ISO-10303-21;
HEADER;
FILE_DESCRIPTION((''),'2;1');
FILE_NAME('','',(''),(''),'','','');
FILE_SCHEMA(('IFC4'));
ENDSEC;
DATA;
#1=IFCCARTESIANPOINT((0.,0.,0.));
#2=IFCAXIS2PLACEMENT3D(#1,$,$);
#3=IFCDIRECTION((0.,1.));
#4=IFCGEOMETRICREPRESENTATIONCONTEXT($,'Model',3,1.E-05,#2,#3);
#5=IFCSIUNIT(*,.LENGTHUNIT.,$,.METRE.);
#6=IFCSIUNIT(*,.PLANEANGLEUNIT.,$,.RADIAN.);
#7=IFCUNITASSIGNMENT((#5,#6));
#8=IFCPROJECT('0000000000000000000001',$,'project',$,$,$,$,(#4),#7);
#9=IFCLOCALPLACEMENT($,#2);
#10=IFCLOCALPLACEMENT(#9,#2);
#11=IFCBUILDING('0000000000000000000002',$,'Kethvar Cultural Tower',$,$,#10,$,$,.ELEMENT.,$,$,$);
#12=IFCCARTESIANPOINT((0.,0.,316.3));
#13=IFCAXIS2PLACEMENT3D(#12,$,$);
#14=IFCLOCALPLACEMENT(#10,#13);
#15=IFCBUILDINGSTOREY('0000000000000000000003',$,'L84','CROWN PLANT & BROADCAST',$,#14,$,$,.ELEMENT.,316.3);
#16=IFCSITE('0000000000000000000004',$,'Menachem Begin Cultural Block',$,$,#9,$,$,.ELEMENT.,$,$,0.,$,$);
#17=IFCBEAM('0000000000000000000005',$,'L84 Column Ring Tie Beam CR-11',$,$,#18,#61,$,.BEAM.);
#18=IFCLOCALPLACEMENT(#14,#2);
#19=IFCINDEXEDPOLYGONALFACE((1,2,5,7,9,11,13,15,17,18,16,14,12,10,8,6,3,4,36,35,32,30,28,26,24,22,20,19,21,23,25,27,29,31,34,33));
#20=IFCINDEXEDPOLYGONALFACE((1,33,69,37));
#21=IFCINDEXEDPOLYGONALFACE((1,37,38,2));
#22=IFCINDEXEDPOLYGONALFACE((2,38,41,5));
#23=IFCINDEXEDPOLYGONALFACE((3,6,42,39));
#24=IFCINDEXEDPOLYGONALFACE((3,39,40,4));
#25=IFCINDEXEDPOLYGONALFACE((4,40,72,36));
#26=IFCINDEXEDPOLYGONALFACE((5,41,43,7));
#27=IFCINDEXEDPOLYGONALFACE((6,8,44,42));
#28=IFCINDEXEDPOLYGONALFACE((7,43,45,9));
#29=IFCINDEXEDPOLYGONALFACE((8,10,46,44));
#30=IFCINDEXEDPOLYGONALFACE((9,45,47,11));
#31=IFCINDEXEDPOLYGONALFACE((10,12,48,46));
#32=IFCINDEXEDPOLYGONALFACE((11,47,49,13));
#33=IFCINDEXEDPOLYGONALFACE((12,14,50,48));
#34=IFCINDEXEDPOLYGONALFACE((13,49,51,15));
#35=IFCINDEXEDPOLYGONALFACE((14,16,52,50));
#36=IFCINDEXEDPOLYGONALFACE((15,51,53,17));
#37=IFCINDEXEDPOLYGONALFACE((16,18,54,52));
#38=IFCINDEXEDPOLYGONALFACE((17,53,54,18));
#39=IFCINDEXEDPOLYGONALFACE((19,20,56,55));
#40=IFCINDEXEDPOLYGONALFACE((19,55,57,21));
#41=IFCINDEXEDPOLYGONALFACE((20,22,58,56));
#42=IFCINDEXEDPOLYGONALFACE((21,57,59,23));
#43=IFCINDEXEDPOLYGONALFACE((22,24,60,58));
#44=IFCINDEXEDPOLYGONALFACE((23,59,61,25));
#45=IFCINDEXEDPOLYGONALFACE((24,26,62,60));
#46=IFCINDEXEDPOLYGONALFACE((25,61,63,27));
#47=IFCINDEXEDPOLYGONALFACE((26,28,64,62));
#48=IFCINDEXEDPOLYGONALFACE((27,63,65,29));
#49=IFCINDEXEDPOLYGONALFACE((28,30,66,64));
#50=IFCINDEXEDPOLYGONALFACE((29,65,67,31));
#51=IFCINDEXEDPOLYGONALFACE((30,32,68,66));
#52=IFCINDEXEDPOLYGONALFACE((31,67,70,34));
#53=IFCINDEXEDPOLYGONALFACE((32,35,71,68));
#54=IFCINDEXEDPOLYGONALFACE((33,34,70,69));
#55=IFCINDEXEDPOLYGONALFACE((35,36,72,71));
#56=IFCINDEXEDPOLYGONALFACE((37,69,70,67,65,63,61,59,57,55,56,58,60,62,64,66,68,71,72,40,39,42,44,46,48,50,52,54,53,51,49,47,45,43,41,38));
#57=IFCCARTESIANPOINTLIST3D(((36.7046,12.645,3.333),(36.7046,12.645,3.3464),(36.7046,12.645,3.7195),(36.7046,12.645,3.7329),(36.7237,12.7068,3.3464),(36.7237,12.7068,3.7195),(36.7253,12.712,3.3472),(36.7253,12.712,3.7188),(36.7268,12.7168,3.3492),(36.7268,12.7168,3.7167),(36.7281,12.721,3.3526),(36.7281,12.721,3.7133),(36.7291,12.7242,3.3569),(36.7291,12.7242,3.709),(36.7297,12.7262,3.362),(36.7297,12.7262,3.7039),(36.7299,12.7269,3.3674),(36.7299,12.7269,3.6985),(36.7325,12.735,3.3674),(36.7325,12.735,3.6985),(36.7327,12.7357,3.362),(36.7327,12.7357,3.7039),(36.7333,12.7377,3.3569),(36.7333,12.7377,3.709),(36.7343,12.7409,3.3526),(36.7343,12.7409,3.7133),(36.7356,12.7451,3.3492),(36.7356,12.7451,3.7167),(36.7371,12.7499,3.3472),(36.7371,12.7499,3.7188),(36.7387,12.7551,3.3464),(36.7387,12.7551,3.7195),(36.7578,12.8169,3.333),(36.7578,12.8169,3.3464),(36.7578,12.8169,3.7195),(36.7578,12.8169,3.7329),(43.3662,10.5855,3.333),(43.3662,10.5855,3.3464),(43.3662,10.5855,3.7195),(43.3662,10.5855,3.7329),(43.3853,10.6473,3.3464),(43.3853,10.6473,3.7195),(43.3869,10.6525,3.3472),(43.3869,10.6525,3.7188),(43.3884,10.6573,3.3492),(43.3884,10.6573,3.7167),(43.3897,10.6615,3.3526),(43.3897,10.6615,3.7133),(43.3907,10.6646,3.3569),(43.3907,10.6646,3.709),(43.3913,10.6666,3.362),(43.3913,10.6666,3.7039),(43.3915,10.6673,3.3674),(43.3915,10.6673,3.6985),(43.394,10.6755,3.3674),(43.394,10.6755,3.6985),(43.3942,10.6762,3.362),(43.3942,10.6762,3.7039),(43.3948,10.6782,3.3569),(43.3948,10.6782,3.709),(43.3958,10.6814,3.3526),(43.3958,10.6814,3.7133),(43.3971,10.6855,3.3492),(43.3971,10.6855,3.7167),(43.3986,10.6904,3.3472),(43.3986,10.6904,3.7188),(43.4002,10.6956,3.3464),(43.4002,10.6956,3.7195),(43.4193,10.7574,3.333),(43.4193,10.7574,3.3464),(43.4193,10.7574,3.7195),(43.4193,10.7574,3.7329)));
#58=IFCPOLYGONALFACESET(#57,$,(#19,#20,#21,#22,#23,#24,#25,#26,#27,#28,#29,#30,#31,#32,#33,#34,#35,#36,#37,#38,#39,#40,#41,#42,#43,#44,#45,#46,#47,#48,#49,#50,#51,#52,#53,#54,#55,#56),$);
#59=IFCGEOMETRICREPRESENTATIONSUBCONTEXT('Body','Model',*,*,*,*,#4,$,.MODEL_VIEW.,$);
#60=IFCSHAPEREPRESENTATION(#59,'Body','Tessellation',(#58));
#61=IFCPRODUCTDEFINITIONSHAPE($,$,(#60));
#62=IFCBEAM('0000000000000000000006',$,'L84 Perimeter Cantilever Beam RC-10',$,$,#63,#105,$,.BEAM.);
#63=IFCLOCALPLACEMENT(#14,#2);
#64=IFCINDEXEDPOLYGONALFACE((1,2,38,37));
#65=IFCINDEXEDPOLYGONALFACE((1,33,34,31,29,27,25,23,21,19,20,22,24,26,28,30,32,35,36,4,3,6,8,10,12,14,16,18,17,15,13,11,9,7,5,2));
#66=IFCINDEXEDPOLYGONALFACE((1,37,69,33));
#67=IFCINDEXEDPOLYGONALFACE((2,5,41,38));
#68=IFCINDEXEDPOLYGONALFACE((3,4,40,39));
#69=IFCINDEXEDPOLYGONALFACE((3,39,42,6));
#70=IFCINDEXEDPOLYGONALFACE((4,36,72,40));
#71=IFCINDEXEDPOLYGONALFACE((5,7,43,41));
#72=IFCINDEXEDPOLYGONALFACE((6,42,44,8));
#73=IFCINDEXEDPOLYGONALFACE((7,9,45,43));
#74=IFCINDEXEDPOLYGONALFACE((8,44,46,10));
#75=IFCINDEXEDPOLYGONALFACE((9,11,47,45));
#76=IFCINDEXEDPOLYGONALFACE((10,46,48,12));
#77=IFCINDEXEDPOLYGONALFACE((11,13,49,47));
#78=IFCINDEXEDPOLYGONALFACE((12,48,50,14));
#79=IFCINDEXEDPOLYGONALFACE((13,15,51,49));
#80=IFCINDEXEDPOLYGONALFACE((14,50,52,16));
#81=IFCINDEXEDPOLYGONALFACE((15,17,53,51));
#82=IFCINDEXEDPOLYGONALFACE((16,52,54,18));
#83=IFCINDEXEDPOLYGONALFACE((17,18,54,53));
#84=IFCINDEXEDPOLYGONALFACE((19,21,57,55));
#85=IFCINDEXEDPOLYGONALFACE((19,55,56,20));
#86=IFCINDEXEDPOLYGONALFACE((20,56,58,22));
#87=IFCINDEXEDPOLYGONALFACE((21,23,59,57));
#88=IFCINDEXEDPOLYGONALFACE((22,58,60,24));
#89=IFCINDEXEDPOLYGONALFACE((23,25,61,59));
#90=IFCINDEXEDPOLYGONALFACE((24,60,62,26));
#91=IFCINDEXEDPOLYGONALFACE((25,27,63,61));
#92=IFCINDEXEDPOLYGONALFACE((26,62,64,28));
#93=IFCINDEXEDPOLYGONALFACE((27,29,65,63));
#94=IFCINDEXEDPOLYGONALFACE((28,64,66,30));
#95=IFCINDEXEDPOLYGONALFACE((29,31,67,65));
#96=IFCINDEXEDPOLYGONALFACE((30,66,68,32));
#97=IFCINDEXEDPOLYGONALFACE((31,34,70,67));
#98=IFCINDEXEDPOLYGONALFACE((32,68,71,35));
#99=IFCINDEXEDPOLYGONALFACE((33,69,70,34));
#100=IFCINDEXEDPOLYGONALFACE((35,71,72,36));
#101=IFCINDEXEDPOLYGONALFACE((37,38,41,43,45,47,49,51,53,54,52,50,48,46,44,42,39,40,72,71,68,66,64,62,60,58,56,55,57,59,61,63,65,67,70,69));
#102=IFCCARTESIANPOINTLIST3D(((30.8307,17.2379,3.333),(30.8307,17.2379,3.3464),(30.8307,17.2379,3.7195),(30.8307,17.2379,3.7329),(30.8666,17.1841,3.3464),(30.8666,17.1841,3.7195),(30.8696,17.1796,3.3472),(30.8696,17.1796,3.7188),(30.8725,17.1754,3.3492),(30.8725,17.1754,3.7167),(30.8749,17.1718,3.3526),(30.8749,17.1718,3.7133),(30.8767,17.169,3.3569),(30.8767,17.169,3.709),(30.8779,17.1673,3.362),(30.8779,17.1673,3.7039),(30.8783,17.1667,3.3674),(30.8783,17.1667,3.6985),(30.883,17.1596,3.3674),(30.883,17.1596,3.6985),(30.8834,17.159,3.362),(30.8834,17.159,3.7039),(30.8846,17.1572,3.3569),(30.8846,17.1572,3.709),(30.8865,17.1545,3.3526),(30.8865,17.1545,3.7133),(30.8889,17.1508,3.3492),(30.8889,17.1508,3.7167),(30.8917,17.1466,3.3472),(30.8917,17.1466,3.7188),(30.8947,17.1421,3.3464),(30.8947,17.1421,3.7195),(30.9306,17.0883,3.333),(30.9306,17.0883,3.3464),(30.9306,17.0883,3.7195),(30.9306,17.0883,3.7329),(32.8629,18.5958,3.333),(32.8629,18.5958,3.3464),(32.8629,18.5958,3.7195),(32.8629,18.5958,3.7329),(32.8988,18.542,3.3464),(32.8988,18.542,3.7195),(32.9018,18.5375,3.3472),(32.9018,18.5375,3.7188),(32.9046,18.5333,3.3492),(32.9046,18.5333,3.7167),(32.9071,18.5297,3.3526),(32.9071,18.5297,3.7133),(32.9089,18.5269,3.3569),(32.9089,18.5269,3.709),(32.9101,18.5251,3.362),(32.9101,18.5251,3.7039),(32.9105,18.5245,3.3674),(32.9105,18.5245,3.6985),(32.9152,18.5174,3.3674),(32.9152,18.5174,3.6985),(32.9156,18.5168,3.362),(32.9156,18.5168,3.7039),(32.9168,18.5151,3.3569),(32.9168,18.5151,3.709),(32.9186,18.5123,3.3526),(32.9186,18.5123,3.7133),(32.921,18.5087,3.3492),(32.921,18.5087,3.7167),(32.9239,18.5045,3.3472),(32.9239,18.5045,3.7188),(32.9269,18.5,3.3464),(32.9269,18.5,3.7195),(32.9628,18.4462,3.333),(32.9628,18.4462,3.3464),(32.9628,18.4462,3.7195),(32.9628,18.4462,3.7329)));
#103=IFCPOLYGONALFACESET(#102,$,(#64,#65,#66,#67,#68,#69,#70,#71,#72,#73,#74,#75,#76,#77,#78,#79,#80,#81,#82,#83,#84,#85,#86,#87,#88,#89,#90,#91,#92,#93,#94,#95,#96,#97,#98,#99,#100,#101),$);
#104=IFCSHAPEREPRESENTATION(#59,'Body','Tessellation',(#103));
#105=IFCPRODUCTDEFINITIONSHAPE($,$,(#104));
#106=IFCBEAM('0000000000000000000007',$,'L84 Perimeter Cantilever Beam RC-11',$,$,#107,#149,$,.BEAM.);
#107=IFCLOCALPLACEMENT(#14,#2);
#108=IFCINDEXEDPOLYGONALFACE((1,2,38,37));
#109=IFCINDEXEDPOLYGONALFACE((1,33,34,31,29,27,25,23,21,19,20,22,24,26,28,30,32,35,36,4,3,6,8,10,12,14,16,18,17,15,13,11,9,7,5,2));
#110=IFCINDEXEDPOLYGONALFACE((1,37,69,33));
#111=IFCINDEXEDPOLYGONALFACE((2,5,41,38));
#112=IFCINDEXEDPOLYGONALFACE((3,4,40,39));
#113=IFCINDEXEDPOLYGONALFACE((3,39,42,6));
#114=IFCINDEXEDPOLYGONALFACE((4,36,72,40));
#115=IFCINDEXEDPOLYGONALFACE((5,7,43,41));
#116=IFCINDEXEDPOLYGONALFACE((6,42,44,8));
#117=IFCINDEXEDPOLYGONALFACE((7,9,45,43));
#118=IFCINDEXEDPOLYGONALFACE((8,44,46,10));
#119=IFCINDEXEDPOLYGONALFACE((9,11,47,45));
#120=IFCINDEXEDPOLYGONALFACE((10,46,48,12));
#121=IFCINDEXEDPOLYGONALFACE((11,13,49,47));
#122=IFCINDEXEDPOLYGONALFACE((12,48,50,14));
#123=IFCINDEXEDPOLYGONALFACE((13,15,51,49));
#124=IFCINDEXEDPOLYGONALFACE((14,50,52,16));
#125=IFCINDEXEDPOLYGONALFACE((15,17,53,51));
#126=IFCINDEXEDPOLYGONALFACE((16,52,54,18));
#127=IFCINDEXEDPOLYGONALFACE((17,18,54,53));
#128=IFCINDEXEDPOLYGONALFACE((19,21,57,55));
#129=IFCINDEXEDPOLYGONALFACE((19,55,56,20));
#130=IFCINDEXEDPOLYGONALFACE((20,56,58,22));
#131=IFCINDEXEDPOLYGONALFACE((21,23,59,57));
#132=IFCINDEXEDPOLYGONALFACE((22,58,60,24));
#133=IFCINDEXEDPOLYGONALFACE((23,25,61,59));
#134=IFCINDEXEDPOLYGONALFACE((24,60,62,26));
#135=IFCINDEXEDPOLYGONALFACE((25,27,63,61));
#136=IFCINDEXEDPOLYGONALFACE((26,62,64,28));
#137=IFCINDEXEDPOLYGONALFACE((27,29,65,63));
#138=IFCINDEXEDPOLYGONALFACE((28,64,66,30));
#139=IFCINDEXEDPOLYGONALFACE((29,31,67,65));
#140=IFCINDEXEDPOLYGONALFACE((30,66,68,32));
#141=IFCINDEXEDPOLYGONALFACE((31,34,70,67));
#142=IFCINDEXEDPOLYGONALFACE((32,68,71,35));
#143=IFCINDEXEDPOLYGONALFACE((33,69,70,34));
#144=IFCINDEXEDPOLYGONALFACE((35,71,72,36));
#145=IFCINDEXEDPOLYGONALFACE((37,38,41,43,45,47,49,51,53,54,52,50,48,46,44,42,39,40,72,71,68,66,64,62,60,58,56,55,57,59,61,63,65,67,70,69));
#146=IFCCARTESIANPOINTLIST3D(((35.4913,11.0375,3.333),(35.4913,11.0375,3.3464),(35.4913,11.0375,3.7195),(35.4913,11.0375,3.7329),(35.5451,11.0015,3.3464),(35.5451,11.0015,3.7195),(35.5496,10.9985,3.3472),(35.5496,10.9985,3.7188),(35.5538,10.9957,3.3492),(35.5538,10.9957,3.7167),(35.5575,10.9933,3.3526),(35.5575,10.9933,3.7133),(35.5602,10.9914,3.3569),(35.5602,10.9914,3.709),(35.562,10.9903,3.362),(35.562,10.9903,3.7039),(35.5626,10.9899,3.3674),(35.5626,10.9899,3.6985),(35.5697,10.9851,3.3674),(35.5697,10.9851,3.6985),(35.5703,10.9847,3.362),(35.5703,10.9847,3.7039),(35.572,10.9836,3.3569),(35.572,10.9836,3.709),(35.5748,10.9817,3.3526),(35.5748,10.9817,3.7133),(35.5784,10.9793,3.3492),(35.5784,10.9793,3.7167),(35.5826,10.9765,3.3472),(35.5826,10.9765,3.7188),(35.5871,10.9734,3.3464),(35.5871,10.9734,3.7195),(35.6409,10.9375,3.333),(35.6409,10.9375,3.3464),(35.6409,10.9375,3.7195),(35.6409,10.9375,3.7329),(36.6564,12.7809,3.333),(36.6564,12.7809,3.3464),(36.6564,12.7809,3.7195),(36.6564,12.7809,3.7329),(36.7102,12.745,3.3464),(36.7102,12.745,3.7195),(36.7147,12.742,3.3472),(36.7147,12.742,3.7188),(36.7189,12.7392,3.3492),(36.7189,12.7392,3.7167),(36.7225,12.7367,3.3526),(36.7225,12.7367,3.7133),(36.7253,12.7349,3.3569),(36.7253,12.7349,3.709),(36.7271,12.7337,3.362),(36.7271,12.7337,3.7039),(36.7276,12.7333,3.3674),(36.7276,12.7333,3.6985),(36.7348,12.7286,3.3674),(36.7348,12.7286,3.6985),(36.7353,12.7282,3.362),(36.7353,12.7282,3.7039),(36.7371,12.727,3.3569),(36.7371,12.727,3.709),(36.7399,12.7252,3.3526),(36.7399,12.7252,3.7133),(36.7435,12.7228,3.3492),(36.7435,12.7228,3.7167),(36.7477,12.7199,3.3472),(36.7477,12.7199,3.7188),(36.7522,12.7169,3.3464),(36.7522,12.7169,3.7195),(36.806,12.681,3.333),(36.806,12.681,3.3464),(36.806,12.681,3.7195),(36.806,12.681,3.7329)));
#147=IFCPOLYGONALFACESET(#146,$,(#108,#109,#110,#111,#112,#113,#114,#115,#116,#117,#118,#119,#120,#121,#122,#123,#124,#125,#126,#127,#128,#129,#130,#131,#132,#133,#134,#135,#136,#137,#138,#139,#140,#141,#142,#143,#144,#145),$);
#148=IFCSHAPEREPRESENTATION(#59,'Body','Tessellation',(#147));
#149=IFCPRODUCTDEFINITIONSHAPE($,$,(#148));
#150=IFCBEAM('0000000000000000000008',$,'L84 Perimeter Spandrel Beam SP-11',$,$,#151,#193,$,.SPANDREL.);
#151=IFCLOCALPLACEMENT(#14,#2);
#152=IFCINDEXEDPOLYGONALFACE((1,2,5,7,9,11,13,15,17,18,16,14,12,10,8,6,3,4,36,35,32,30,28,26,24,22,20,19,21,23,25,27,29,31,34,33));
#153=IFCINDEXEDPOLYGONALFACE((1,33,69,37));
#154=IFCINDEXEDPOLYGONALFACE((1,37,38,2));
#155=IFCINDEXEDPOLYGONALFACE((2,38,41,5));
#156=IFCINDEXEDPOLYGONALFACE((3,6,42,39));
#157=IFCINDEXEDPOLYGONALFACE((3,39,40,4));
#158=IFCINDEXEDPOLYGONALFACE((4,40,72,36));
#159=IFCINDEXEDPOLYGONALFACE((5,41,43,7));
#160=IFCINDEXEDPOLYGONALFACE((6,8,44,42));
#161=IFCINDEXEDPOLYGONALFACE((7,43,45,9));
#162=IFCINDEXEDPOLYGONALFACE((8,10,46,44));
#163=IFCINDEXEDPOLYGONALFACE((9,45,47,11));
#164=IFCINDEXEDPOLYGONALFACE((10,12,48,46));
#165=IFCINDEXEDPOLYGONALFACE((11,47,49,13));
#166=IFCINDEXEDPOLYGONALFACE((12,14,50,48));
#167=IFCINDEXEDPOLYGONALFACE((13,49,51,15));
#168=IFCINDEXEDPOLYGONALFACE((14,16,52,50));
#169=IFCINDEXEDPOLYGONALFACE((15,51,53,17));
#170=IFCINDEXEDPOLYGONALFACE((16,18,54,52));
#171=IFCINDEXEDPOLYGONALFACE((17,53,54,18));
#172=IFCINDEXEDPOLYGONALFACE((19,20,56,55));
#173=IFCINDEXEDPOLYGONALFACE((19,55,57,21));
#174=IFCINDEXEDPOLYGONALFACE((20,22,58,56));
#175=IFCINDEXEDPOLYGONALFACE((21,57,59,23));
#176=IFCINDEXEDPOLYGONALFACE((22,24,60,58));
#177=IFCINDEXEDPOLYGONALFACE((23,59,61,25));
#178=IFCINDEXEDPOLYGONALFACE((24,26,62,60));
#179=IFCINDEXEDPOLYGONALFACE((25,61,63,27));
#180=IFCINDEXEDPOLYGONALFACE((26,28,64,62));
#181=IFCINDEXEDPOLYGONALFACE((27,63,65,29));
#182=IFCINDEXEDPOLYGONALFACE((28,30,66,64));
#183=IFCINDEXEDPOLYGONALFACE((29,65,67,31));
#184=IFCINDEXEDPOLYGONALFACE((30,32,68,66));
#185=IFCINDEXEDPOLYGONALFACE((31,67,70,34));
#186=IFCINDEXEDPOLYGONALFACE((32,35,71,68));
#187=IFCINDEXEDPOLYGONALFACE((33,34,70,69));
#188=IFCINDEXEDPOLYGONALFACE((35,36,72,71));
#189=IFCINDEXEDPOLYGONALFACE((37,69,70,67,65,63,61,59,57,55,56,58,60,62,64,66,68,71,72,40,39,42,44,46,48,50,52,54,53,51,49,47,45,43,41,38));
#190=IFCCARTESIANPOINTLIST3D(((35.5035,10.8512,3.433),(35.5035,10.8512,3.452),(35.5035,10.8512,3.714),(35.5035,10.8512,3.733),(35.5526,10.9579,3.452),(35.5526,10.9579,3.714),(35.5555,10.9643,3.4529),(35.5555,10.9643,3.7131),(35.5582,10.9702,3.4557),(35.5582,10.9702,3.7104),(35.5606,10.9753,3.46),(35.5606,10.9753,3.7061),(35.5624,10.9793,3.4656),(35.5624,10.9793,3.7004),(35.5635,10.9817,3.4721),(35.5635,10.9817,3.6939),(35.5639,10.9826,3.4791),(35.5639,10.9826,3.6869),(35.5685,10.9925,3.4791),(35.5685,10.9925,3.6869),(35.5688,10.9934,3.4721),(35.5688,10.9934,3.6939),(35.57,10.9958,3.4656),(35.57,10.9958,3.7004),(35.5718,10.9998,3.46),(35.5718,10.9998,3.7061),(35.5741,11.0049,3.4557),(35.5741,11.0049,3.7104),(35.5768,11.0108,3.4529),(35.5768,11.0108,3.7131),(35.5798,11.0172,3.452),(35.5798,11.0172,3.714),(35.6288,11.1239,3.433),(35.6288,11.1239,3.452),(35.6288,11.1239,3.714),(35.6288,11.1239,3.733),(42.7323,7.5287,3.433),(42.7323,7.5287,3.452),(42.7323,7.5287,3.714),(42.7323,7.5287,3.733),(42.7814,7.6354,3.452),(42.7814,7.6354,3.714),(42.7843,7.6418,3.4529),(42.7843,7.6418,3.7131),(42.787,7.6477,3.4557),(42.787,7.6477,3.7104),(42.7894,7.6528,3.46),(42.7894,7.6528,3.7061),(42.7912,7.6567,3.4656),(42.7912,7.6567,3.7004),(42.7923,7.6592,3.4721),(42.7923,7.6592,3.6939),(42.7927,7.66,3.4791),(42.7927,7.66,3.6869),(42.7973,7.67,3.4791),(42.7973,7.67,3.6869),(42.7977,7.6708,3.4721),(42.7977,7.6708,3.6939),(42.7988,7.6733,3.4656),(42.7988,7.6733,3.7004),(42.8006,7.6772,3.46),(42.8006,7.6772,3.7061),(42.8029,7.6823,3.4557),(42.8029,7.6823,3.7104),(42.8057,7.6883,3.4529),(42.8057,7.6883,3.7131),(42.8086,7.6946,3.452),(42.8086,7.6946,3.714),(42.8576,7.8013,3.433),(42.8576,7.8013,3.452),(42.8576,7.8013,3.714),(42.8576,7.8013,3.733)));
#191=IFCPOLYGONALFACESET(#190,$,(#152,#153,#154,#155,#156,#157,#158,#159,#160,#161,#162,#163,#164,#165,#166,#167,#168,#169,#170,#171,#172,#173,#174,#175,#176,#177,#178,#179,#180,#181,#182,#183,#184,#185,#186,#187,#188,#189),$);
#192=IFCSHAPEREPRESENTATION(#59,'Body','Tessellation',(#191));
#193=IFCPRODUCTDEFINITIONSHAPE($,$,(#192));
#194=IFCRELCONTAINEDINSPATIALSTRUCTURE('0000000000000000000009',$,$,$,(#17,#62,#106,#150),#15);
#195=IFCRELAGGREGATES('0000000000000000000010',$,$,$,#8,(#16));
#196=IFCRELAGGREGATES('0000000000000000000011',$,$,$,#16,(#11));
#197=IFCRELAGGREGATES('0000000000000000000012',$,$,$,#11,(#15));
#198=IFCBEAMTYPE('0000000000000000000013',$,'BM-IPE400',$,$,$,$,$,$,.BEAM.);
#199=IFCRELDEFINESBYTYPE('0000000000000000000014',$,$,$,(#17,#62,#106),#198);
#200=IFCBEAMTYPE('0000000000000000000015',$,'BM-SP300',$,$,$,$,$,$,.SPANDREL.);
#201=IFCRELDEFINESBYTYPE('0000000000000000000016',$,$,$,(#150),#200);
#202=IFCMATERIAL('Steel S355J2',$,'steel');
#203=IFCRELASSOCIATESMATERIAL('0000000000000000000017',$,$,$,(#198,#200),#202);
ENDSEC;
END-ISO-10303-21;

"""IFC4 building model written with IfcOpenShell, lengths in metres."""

from ifc_helpers import new_model, si_unit, direction, frame, origin, origin_2d, place, context, subcontext, project, spatial, i_section, extrude, source, transform, mapped, material, material_profile, profile_set, type_object, element, save


model = new_model("IFC4")

# Units and contexts
model_context = context("Model", 3, precision=1e-05, world=origin(), true_north=direction((0.0, 1.0)))
body_context = subcontext(model_context, "Body", "Model", "MODEL_VIEW")
ifc_project = project(units=[si_unit("LENGTHUNIT", "METRE"), si_unit("PLANEANGLEUNIT", "RADIAN")], contexts=[model_context])

# Site, building, storey
site_placement = place(None, origin())
site = spatial("IfcSite", under=ifc_project, at=site_placement, Name="Menachem Begin Cultural Block", CompositionType="ELEMENT", RefElevation=0.0)
building_placement = place(site_placement, origin())
building = spatial("IfcBuilding", under=site, at=building_placement, Name="Kethvar Cultural Tower", CompositionType="ELEMENT")
storey_placement = place(building_placement, frame((0.0, 0.0, 316.3)))
storey = spatial("IfcBuildingStorey", under=building, at=storey_placement, Name="L84", Description="CROWN PLANT & BROADCAST", CompositionType="ELEMENT", Elevation=316.3)

# Shared definitions
ifc_material_1 = material(Name="Steel S355J2", Category="steel")

# Beams
ifc_material_profile_1 = material_profile(ifc_material_1, i_section(OverallWidth=0.1799, OverallDepth=0.3999, WebThickness=0.0085, FlangeThickness=0.0134, FilletRadius=0.021, at=origin_2d()), Name="Steel S355J2 — IPE400")
ifc_profile_set_1 = profile_set([ifc_material_profile_1], Name="Steel S355J2 — IPE400")
beam_type_1 = type_object("IfcBeamType", Name="BM-IPE400", PredefinedType="BEAM", material=ifc_profile_set_1)
shared_shape_1 = source(origin(), body_context, "Body", "SweptSolid", [
    extrude(i_section(OverallWidth=0.1799, OverallDepth=0.3999, WebThickness=0.0085, FlangeThickness=0.0134, FilletRadius=0.021, at=origin_2d()), origin(), (0.0, 0.0, 1.0), 6.9727),
])
beam_1_placement = place(storey_placement, frame((36.7312, 12.731, 3.533), z_axis=(0.955381, -0.295375, 0.0), x_axis=(0.295375, 0.955381, 0.0)))
element("IfcBeam", 1, at=beam_1_placement, inside=storey, type_object=beam_type_1, Name="L84 Column Ring Tie Beam CR-11", PredefinedType="BEAM", context=body_context, shape_type="MappedRepresentation", body=[
    mapped(shared_shape_1, transform((0.0, 0.0, 0.0), scale=1.0)),
])
shared_shape_2 = source(origin(), body_context, "Body", "SweptSolid", [
    extrude(i_section(OverallWidth=0.1799, OverallDepth=0.3999, WebThickness=0.0085, FlangeThickness=0.0134, FilletRadius=0.021, at=origin_2d()), origin(), (0.0, 0.0, 1.0), 2.4441),
])
beam_2_placement = place(storey_placement, frame((32.9128, 18.521, 3.533), z_axis=(-0.831466, -0.555576, 0.0), x_axis=(0.555576, -0.831466, 0.0)))
element("IfcBeam", 2, at=beam_2_placement, inside=storey, type_object=beam_type_1, Name="L84 Perimeter Cantilever Beam RC-10", PredefinedType="BEAM", context=body_context, shape_type="MappedRepresentation", body=[
    mapped(shared_shape_2, transform((0.0, 0.0, 0.0), scale=1.0)),
])
shared_shape_3 = source(origin(), body_context, "Body", "SweptSolid", [
    extrude(i_section(OverallWidth=0.1799, OverallDepth=0.3999, WebThickness=0.0085, FlangeThickness=0.0134, FilletRadius=0.021, at=origin_2d()), origin(), (0.0, 0.0, 1.0), 2.0969),
])
beam_3_placement = place(storey_placement, frame((36.7312, 12.731, 3.533), z_axis=(-0.555613, -0.831441, 0.0), x_axis=(0.831441, -0.555613, 0.0)))
element("IfcBeam", 3, at=beam_3_placement, inside=storey, type_object=beam_type_1, Name="L84 Perimeter Cantilever Beam RC-11", PredefinedType="BEAM", context=body_context, shape_type="MappedRepresentation", body=[
    mapped(shared_shape_3, transform((0.0, 0.0, 0.0), scale=1.0)),
])
ifc_material_profile_2 = material_profile(ifc_material_1, i_section(OverallWidth=0.3, OverallDepth=0.3, WebThickness=0.011, FlangeThickness=0.019, FilletRadius=0.0271, at=origin_2d()), Name="Steel S355J2 — HEB300")
ifc_profile_set_2 = profile_set([ifc_material_profile_2], Name="Steel S355J2 — HEB300")
beam_type_2 = type_object("IfcBeamType", Name="BM-SP300", PredefinedType="SPANDREL", material=ifc_profile_set_2)
shared_shape_4 = source(origin(), body_context, "Body", "SweptSolid", [
    extrude(i_section(OverallWidth=0.3, OverallDepth=0.3, WebThickness=0.011, FlangeThickness=0.019, FilletRadius=0.0271, at=origin_2d()), origin(), (0.0, 0.0, 1.0), 7.9558),
])
beam_4_placement = place(storey_placement, frame((35.5662, 10.9875, 3.583), z_axis=(0.90862, -0.417623, 0.0), x_axis=(0.417623, 0.90862, 0.0)))
element("IfcBeam", 4, at=beam_4_placement, inside=storey, type_object=beam_type_2, Name="L84 Perimeter Spandrel Beam SP-11", PredefinedType="SPANDREL", context=body_context, shape_type="MappedRepresentation", body=[
    mapped(shared_shape_4, transform((0.0, 0.0, 0.0), scale=1.0)),
])

save(model, "model.ifc")
